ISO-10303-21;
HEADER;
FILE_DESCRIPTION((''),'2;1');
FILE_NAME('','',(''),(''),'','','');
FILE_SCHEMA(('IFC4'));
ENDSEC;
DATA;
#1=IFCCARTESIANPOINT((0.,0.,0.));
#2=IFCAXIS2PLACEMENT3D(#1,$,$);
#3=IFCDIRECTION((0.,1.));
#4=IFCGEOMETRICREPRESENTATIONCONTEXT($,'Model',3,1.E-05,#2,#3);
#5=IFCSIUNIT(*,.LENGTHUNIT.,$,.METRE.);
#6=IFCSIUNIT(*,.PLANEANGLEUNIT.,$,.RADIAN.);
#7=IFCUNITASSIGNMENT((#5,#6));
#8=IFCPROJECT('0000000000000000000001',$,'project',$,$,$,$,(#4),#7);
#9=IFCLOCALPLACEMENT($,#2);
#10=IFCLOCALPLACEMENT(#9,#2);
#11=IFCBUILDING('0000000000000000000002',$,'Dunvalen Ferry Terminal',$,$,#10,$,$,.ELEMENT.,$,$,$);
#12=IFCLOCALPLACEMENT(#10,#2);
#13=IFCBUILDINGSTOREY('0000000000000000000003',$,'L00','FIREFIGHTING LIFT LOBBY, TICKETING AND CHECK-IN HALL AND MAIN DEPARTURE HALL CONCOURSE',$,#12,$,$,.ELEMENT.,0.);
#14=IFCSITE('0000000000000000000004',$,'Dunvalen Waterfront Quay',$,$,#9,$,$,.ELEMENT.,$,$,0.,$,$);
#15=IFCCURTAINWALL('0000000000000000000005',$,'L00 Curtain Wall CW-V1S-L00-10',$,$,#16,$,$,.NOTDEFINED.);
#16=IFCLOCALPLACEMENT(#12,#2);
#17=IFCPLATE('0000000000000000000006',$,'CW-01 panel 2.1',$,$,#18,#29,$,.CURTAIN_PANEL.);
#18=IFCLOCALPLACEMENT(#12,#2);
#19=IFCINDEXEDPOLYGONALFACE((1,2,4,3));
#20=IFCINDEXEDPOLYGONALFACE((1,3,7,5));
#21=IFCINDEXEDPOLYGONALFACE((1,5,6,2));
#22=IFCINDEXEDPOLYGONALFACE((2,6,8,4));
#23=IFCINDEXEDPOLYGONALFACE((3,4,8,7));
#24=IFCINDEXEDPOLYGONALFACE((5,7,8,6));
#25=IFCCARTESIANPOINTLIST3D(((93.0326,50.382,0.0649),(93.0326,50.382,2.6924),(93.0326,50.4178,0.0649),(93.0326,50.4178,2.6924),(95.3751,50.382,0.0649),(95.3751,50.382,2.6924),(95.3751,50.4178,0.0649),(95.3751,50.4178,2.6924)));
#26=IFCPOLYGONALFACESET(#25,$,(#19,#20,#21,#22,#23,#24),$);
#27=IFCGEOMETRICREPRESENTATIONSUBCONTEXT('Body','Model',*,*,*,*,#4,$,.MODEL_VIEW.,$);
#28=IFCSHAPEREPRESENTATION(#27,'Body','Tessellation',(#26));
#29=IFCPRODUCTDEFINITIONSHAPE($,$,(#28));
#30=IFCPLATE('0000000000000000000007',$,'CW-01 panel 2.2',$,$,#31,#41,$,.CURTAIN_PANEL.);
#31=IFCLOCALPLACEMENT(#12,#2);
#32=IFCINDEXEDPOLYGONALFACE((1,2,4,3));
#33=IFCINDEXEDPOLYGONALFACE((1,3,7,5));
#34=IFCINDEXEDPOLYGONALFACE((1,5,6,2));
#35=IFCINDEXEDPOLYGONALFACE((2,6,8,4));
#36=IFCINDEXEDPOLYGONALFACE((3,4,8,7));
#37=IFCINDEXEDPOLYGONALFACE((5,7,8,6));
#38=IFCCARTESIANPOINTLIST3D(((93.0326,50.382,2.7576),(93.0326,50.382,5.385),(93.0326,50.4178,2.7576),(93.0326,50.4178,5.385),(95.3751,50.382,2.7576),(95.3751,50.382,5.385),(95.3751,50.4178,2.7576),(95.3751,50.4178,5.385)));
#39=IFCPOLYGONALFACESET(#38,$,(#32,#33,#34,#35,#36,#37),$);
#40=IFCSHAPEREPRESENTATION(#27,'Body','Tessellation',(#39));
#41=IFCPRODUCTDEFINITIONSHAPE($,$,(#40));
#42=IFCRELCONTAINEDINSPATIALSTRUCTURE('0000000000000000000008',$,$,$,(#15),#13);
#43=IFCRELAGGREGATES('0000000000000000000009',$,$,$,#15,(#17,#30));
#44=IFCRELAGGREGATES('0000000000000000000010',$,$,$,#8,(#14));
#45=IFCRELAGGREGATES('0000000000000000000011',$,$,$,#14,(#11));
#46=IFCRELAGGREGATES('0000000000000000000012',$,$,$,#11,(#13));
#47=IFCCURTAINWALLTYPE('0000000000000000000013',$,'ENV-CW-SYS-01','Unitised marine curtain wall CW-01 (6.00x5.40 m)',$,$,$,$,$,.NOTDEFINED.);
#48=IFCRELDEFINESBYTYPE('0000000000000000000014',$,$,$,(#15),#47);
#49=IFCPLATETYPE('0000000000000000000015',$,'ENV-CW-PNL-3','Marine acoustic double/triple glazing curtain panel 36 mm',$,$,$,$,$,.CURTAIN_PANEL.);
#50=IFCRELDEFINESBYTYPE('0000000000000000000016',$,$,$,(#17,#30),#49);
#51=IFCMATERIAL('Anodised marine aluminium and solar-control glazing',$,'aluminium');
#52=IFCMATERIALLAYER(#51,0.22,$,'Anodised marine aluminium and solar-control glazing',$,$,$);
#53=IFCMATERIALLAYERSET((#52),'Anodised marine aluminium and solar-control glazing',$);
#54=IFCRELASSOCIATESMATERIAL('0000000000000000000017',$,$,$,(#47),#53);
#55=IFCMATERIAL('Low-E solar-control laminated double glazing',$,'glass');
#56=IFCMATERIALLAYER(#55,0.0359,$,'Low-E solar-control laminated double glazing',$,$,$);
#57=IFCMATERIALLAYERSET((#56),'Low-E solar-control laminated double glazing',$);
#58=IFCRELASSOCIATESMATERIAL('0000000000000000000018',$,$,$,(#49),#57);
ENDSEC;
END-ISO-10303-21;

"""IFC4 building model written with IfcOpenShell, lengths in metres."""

from ifc_helpers import new_model, si_unit, direction, frame, origin, origin_2d, place, context, subcontext, project, spatial, rectangle, extrude, material, layer, layer_set, type_object, element, aggregate, save


model = new_model("IFC4")

# Units and contexts
model_context = context("Model", 3, precision=1e-05, world=origin(), true_north=direction((0.0, 1.0)))
body_context = subcontext(model_context, "Body", "Model", "MODEL_VIEW")
ifc_project = project(units=[si_unit("LENGTHUNIT", "METRE"), si_unit("PLANEANGLEUNIT", "RADIAN")], contexts=[model_context])

# Site, building, storey
site_placement = place(None, origin())
site = spatial("IfcSite", under=ifc_project, at=site_placement, Name="Dunvalen Waterfront Quay", CompositionType="ELEMENT", RefElevation=0.0)
building_placement = place(site_placement, origin())
building = spatial("IfcBuilding", under=site, at=building_placement, Name="Dunvalen Ferry Terminal", CompositionType="ELEMENT")
storey_placement = place(building_placement, origin())
storey = spatial("IfcBuildingStorey", under=building, at=storey_placement, Name="L00", Description="FIREFIGHTING LIFT LOBBY, TICKETING AND CHECK-IN HALL AND MAIN DEPARTURE HALL CONCOURSE", CompositionType="ELEMENT", Elevation=0.0)

# Curtain wall
ifc_material_1 = material(Name="Anodised marine aluminium and solar-control glazing", Category="aluminium")
ifc_layer_1 = layer(ifc_material_1, 0.22, Name="Anodised marine aluminium and solar-control glazing")
ifc_layer_set_1 = layer_set([ifc_layer_1], Name="Anodised marine aluminium and solar-control glazing")
curtain_wall_type_1 = type_object("IfcCurtainWallType", Name="ENV-CW-SYS-01", Description="Unitised marine curtain wall CW-01 (6.00x5.40 m)", PredefinedType="NOTDEFINED", material=ifc_layer_set_1)
curtain_wall_1_placement = place(storey_placement, origin())
curtain_wall_1 = element("IfcCurtainWall", 1, at=curtain_wall_1_placement, inside=storey, type_object=curtain_wall_type_1, Name="L00 Curtain Wall CW-V1S-L00-10", PredefinedType="NOTDEFINED")

# Plates
ifc_material_2 = material(Name="Low-E solar-control laminated double glazing", Category="glass")
ifc_layer_2 = layer(ifc_material_2, 0.0359, Name="Low-E solar-control laminated double glazing")
ifc_layer_set_2 = layer_set([ifc_layer_2], Name="Low-E solar-control laminated double glazing")
plate_type_1 = type_object("IfcPlateType", Name="ENV-CW-PNL-3", Description="Marine acoustic double/triple glazing curtain panel 36 mm", PredefinedType="CURTAIN_PANEL", material=ifc_layer_set_2)
plate_1_placement = place(storey_placement, frame((94.2039, 50.3999, 0.0649), z_axis=(0.0, 0.0, 1.0), x_axis=(1.0, 0.0, 0.0)))
plate_1 = element("IfcPlate", 2, at=plate_1_placement, type_object=plate_type_1, Name="CW-01 panel 2.1", PredefinedType="CURTAIN_PANEL", context=body_context, shape_type="SweptSolid", body=[
    extrude(rectangle(XDim=2.3425, YDim=0.0359, at=origin_2d()), origin(), (0.0, 0.0, 1.0), 2.6274),
])
plate_2_placement = place(storey_placement, frame((94.2039, 50.3999, 2.7576), z_axis=(0.0, 0.0, 1.0), x_axis=(1.0, 0.0, 0.0)))
plate_2 = element("IfcPlate", 3, at=plate_2_placement, type_object=plate_type_1, Name="CW-01 panel 2.2", PredefinedType="CURTAIN_PANEL", context=body_context, shape_type="SweptSolid", body=[
    extrude(rectangle(XDim=2.3425, YDim=0.0359, at=origin_2d()), origin(), (0.0, 0.0, 1.0), 2.6274),
])
aggregate(curtain_wall_1, [plate_1, plate_2])

save(model, "model.ifc")
